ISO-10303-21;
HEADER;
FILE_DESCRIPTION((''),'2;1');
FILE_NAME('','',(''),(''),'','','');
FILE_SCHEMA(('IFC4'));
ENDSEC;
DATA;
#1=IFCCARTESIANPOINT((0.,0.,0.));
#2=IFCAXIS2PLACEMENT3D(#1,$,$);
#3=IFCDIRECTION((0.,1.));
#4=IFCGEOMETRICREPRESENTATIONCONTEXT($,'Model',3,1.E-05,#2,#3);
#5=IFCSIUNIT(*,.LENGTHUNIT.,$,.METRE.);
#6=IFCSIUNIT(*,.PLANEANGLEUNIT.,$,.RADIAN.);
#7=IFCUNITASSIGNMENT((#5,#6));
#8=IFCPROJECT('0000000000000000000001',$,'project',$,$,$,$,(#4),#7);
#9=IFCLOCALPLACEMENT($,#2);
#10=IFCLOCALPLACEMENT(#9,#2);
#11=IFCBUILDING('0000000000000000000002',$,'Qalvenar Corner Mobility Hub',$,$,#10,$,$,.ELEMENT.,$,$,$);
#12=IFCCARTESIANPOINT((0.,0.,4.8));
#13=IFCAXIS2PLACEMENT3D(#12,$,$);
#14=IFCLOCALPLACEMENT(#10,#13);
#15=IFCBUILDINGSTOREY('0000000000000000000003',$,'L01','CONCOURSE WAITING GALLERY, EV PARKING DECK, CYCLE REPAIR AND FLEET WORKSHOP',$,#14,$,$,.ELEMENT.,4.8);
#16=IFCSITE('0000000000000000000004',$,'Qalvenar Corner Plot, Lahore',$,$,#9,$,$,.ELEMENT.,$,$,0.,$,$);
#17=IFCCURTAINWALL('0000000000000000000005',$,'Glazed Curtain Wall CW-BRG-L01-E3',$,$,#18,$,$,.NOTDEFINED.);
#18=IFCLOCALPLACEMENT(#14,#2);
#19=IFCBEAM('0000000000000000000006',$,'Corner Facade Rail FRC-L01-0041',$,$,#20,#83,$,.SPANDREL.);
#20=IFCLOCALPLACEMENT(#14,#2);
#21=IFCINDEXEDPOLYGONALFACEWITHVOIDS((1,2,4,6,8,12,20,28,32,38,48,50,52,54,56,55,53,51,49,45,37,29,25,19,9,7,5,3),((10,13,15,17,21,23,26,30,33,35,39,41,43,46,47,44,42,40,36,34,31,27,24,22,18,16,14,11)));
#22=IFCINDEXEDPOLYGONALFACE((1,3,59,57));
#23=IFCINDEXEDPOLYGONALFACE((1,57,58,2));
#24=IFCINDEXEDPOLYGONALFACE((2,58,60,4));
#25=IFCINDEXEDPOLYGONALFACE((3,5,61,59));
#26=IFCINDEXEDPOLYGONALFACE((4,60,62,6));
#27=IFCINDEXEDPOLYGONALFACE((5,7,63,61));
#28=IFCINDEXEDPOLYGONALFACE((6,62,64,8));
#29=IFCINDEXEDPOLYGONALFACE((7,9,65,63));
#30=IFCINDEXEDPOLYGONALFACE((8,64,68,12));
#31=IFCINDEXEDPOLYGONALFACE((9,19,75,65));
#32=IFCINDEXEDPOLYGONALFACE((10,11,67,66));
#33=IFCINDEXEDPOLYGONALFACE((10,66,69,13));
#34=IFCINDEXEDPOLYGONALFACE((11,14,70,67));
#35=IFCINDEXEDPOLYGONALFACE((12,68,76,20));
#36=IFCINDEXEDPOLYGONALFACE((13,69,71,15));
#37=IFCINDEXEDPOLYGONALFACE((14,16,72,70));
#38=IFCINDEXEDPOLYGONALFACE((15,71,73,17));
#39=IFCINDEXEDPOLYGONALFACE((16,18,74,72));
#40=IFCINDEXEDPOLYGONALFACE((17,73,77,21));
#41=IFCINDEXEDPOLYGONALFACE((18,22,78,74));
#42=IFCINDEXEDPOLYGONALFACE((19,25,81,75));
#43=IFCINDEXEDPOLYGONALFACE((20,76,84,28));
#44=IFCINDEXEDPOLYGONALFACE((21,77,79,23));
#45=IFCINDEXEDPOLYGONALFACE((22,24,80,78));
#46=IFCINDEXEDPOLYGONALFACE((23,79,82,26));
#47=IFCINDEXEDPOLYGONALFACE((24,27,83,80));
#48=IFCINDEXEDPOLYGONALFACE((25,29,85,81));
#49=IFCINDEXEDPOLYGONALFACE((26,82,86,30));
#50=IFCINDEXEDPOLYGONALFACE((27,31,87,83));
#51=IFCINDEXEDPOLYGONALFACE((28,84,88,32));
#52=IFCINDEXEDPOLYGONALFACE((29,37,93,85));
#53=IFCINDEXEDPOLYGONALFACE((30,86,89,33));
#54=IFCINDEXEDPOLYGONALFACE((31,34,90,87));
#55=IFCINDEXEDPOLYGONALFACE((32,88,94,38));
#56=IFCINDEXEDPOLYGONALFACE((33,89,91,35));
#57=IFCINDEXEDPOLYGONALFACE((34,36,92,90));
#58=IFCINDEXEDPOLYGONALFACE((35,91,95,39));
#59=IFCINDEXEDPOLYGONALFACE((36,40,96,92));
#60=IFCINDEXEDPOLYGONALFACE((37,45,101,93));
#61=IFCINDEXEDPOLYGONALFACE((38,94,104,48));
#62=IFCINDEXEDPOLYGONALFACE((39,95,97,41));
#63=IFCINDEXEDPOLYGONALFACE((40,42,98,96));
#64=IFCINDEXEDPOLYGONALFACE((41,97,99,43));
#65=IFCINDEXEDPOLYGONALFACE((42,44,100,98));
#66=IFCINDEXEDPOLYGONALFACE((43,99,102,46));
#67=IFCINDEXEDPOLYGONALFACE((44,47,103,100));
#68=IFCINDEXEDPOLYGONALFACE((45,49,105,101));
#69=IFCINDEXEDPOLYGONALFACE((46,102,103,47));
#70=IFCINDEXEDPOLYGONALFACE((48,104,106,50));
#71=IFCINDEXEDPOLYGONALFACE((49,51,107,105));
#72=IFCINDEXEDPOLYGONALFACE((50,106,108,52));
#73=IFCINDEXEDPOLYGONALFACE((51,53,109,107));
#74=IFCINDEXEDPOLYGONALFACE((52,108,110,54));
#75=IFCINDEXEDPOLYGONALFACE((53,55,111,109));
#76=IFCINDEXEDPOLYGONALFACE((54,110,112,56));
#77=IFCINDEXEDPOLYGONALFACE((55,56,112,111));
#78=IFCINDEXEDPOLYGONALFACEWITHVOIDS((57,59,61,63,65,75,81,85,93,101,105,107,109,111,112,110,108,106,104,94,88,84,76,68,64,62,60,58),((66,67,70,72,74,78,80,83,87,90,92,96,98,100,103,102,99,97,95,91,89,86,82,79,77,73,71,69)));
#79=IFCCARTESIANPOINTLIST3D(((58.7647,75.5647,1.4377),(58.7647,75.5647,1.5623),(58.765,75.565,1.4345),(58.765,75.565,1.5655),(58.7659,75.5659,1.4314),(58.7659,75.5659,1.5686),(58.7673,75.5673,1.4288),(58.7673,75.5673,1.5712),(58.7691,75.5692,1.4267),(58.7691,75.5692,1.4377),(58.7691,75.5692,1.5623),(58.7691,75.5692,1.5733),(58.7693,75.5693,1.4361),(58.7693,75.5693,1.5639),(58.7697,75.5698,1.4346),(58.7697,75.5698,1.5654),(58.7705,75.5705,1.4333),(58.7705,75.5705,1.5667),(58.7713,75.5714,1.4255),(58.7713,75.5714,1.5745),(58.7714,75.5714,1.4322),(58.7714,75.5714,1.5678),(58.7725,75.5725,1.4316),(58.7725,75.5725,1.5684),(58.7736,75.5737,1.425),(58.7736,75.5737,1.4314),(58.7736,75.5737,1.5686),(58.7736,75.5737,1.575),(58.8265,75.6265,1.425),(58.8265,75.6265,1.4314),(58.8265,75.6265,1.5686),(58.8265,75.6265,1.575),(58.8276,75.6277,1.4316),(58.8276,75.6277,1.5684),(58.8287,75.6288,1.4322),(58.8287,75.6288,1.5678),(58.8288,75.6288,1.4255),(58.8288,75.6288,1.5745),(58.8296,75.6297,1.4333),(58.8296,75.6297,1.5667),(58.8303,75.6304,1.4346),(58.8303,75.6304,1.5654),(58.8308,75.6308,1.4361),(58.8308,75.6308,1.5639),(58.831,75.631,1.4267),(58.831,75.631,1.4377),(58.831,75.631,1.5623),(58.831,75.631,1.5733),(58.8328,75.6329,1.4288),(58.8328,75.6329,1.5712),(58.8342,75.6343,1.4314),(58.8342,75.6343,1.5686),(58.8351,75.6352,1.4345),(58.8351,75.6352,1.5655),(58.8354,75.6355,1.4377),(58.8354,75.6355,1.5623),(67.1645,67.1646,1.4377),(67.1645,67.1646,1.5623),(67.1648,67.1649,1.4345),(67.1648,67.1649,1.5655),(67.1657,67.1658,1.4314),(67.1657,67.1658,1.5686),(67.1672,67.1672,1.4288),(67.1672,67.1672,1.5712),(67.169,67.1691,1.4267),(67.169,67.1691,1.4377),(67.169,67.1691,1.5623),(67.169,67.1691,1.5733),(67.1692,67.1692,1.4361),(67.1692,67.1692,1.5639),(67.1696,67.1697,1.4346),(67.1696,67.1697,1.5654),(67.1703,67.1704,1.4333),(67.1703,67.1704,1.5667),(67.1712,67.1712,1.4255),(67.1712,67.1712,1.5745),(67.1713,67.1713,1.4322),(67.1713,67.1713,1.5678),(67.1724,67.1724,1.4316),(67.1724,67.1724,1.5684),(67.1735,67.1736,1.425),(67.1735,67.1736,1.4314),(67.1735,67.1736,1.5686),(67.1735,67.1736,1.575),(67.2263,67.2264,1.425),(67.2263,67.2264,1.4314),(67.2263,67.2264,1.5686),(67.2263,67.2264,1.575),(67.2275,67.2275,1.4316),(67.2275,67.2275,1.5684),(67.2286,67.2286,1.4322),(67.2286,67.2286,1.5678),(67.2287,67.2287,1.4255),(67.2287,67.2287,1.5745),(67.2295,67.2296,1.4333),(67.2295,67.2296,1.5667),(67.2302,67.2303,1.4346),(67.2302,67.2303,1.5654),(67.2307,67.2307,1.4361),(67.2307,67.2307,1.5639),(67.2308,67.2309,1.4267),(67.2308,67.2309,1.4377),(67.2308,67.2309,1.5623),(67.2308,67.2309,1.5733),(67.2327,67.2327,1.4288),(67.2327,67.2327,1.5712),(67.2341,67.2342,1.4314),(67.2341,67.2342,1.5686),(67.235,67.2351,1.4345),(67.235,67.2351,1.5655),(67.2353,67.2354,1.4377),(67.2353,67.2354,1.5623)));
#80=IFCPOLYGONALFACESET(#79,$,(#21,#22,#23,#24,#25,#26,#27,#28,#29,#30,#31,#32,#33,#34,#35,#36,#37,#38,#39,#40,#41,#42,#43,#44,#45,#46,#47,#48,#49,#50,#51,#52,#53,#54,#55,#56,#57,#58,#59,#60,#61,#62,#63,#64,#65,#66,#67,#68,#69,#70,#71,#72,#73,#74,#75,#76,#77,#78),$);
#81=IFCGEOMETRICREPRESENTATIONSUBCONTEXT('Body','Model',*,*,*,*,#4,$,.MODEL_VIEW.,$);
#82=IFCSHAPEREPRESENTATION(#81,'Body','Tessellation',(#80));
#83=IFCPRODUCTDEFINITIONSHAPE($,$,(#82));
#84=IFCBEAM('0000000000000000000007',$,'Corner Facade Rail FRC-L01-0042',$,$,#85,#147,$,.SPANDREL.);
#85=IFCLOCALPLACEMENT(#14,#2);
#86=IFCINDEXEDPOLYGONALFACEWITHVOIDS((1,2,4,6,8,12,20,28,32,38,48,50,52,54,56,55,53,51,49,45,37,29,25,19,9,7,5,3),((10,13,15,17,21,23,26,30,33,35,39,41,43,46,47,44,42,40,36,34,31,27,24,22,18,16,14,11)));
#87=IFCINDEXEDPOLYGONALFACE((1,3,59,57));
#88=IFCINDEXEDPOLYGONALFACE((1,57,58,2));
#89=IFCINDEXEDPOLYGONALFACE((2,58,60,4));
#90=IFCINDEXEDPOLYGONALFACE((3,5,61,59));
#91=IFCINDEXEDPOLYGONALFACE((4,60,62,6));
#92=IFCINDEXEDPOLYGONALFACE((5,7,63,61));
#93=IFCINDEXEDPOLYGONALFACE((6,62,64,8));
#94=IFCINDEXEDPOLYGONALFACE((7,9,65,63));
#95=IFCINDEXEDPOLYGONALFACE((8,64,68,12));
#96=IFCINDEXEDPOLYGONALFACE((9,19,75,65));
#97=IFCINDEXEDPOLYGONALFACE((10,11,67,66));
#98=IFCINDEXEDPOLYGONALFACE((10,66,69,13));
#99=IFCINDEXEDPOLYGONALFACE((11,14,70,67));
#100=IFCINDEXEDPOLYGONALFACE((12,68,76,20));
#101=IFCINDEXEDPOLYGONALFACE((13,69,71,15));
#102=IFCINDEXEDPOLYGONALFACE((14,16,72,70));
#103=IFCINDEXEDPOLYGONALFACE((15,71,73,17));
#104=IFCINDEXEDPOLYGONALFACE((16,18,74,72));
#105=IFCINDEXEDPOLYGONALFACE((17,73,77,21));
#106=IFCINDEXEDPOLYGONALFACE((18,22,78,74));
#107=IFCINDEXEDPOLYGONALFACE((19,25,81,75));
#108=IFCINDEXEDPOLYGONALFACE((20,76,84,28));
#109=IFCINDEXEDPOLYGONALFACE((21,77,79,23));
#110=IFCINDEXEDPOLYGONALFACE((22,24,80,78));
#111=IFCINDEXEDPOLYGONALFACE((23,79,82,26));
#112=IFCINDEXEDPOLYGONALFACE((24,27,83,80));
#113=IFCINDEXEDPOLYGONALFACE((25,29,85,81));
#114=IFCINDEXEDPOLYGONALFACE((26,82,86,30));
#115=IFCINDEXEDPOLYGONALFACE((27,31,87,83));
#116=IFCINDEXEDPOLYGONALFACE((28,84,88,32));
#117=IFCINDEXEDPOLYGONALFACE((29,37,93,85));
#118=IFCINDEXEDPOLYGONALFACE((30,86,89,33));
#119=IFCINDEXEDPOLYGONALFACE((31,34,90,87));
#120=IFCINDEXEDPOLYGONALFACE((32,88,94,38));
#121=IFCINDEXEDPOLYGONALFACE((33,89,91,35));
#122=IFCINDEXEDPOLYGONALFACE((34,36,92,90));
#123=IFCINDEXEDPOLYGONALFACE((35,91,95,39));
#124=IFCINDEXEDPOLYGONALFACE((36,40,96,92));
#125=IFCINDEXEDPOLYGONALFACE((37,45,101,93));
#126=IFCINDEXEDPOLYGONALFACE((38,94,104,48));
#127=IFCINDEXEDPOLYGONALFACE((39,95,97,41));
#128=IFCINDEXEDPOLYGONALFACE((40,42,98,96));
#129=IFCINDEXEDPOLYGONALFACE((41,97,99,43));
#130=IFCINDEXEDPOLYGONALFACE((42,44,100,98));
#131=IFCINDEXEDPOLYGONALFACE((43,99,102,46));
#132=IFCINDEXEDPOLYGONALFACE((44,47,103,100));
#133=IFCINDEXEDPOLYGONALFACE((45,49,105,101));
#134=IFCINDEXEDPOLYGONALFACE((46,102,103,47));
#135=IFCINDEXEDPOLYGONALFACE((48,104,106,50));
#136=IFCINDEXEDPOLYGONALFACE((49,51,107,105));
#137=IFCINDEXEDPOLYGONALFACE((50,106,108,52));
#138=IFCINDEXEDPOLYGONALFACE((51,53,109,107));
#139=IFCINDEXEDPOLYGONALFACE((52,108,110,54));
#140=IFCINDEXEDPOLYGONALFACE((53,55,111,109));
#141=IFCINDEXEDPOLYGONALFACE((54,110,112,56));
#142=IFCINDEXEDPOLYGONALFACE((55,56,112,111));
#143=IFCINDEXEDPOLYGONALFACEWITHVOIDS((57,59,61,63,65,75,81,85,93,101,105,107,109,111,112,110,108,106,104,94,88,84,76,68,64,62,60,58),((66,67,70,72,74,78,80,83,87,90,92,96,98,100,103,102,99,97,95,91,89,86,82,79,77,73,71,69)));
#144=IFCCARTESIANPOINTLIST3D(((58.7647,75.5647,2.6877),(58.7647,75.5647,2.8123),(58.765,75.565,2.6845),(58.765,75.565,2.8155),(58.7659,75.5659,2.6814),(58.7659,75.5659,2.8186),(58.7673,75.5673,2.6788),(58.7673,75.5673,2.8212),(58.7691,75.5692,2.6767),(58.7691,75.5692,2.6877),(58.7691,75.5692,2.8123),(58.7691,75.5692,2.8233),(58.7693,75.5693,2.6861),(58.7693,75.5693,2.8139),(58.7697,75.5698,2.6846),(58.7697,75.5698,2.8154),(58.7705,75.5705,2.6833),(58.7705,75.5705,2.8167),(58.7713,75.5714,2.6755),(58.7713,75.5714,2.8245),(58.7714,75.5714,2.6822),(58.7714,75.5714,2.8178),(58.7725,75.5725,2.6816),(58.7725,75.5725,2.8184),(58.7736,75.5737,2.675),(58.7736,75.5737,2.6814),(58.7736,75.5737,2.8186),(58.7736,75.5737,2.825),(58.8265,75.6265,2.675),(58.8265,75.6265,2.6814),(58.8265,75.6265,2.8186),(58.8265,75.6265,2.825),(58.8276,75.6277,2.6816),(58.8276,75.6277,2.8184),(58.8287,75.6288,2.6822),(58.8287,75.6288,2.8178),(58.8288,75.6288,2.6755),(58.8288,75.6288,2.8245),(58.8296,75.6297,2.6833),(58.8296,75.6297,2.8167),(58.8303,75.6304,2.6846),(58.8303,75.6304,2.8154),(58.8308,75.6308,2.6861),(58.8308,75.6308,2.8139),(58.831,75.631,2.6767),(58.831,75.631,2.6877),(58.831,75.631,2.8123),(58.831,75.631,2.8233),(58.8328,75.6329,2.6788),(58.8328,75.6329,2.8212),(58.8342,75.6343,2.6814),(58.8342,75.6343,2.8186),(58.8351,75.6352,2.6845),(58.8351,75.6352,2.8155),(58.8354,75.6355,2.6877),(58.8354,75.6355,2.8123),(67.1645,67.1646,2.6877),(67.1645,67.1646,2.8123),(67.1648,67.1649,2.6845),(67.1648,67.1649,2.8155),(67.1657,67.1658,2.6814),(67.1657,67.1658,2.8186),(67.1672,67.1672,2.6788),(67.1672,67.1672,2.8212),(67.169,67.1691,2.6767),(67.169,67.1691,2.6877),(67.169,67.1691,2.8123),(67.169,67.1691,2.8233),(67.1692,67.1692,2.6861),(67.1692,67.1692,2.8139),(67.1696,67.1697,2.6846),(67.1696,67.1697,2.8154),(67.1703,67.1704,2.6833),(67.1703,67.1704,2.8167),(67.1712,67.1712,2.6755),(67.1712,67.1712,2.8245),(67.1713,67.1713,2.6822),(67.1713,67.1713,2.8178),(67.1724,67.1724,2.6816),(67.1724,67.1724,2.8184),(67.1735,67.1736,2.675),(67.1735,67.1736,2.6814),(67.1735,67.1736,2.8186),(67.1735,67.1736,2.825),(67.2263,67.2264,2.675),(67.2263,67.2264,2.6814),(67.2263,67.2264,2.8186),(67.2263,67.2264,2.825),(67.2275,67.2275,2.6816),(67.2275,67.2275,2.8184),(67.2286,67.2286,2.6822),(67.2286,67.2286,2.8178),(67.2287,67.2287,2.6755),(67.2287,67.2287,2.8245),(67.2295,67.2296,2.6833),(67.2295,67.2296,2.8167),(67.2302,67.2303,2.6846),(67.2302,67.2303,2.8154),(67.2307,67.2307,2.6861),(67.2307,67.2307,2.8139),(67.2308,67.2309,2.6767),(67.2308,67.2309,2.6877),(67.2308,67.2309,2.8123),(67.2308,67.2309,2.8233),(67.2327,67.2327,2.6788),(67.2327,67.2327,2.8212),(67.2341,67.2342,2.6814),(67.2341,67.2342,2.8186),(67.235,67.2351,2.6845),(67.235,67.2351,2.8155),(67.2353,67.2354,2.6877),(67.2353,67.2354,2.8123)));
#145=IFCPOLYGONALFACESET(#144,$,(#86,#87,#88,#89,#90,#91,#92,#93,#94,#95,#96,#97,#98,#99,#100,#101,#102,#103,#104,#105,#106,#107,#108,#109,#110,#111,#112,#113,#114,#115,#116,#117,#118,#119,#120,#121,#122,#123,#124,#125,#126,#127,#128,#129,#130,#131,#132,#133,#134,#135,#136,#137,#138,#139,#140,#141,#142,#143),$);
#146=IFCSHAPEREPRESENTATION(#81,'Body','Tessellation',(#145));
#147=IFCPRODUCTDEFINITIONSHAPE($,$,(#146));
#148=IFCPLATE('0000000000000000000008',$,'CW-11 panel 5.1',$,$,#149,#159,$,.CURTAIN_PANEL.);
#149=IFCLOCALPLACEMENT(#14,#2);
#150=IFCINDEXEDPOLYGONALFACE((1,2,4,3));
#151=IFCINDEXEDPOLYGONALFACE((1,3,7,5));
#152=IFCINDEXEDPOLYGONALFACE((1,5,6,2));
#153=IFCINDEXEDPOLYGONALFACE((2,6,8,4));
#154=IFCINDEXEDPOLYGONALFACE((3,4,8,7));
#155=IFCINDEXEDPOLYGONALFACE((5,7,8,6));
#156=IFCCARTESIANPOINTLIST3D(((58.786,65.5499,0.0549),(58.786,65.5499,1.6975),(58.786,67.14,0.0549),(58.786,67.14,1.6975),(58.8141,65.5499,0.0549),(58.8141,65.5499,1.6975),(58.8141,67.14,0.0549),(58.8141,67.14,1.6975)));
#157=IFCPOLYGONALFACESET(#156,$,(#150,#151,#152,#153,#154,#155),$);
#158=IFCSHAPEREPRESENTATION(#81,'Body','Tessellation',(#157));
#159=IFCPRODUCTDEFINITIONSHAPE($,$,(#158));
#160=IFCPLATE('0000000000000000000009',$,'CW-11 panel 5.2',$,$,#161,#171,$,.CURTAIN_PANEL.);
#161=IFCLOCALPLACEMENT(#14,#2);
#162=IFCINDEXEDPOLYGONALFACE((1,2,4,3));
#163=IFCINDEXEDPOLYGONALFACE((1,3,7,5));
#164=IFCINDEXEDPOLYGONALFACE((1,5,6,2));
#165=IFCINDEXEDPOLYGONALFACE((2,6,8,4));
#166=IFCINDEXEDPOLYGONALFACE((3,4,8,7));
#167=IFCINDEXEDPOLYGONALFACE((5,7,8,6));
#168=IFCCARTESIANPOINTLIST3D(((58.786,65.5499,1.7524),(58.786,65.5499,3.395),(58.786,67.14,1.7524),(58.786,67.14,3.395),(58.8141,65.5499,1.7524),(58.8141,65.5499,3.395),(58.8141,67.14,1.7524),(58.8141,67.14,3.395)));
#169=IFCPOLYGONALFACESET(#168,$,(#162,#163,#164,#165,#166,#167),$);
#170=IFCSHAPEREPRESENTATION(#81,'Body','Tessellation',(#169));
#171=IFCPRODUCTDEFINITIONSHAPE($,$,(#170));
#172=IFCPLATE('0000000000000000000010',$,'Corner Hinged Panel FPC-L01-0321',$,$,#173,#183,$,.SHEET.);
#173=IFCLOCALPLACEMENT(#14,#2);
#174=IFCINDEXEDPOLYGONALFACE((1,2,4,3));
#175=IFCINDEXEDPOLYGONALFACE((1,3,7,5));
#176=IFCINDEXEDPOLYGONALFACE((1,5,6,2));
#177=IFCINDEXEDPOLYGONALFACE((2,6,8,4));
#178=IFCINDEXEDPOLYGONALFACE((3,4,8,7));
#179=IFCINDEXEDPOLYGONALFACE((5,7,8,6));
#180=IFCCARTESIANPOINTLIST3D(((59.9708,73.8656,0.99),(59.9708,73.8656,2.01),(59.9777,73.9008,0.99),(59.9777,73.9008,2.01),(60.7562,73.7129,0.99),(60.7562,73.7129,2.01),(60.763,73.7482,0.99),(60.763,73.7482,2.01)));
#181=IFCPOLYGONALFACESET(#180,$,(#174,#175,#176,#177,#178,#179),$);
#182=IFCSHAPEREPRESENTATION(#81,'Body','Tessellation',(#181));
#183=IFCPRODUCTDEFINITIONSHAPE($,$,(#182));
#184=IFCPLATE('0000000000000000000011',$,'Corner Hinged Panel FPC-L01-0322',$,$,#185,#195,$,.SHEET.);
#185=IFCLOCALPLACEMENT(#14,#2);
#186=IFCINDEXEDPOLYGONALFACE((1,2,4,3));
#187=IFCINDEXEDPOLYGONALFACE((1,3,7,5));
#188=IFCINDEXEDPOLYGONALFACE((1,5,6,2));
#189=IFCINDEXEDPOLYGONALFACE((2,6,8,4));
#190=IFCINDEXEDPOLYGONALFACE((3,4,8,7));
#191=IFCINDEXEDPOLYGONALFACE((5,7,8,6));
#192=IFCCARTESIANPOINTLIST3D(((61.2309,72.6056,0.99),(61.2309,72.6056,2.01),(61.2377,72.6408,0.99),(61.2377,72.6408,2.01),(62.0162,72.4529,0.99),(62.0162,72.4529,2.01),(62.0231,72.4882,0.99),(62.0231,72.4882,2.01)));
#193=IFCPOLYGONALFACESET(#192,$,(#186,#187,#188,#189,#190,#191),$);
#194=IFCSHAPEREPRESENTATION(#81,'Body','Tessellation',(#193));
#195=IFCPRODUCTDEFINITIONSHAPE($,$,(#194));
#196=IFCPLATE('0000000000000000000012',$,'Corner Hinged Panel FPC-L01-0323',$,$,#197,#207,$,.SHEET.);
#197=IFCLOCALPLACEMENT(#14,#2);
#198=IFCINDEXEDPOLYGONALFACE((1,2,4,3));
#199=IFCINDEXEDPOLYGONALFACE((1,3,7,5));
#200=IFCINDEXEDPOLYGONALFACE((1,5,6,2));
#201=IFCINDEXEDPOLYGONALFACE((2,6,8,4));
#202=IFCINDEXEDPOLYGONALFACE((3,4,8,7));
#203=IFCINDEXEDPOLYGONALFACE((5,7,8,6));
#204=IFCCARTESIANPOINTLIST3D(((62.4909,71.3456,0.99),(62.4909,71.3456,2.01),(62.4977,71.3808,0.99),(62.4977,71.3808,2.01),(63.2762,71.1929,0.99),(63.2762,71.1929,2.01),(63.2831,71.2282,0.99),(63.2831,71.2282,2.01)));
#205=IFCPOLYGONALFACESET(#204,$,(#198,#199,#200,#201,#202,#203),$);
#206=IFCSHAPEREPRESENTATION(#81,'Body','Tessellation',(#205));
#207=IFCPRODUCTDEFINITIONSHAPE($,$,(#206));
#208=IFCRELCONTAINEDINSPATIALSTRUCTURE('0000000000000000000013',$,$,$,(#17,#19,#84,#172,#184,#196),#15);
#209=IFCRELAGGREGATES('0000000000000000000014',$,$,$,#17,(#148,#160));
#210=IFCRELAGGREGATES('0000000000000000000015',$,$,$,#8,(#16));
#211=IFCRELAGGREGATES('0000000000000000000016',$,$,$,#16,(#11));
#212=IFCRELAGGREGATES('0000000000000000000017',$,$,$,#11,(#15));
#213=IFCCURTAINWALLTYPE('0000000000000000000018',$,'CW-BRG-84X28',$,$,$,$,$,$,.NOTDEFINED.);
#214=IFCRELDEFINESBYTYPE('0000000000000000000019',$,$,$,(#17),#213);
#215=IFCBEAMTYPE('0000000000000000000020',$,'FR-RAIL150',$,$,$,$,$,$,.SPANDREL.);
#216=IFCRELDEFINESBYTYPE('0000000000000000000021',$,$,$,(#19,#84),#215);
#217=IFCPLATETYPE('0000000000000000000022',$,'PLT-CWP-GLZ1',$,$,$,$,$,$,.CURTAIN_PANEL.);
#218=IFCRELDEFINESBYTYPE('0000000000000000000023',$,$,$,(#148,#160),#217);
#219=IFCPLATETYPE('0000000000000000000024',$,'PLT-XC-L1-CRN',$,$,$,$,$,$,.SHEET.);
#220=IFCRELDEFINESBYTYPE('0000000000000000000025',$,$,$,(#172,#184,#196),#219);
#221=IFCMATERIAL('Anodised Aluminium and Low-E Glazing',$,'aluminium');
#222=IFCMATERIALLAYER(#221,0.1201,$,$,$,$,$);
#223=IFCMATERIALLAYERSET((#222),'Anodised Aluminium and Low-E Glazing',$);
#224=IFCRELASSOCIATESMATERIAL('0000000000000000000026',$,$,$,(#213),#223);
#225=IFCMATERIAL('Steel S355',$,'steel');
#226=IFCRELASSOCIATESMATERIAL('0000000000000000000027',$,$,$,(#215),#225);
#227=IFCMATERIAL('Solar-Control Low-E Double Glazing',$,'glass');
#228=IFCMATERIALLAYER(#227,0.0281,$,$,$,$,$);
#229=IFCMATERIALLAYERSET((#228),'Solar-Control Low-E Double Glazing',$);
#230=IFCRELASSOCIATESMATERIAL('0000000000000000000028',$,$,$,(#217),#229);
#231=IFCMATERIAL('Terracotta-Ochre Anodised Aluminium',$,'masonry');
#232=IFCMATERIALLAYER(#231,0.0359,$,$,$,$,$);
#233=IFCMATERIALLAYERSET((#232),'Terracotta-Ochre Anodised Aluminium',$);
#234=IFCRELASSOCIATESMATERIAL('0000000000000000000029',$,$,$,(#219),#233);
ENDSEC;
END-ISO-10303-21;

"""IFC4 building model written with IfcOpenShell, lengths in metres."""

from ifc_helpers import new_model, si_unit, direction, frame, origin, origin_2d, place, context, subcontext, project, spatial, rectangle, hollow_rectangle, extrude, material, layer, layer_set, material_profile, profile_set, type_object, element, aggregate, save


model = new_model("IFC4")

# Units and contexts
model_context = context("Model", 3, precision=1e-05, world=origin(), true_north=direction((0.0, 1.0)))
body_context = subcontext(model_context, "Body", "Model", "MODEL_VIEW")
ifc_project = project(units=[si_unit("LENGTHUNIT", "METRE"), si_unit("PLANEANGLEUNIT", "RADIAN")], contexts=[model_context])

# Site, building, storey
site_placement = place(None, origin())
site = spatial("IfcSite", under=ifc_project, at=site_placement, Name="Qalvenar Corner Plot, Lahore", CompositionType="ELEMENT", RefElevation=0.0)
building_placement = place(site_placement, origin())
building = spatial("IfcBuilding", under=site, at=building_placement, Name="Qalvenar Corner Mobility Hub", CompositionType="ELEMENT")
storey_placement = place(building_placement, frame((0.0, 0.0, 4.8)))
storey = spatial("IfcBuildingStorey", under=building, at=storey_placement, Name="L01", Description="CONCOURSE WAITING GALLERY, EV PARKING DECK, CYCLE REPAIR AND FLEET WORKSHOP", CompositionType="ELEMENT", Elevation=4.8)

# Shared definitions
ifc_material_1 = material(Name="Steel S355", Category="steel")

# Curtain wall
ifc_material_2 = material(Name="Anodised Aluminium and Low-E Glazing", Category="aluminium")
ifc_layer_1 = layer(ifc_material_2, 0.1201)
ifc_layer_set_1 = layer_set([ifc_layer_1], Name="Anodised Aluminium and Low-E Glazing")
curtain_wall_type = type_object("IfcCurtainWallType", Name="CW-BRG-84X28", PredefinedType="NOTDEFINED", material=ifc_layer_set_1)
curtain_wall_placement = place(storey_placement, origin())
curtain_wall = element("IfcCurtainWall", 1, at=curtain_wall_placement, inside=storey, type_object=curtain_wall_type, Name="Glazed Curtain Wall CW-BRG-L01-E3", PredefinedType="NOTDEFINED")

# Beams
ifc_material_profile_1 = material_profile(ifc_material_1, hollow_rectangle(XDim=0.1001, YDim=0.1499, WallThickness=0.0063, InnerFilletRadius=0.0063, OuterFilletRadius=0.0127, at=origin_2d()), Name="RHS150x100x6.3")
ifc_profile_set_1 = profile_set([ifc_material_profile_1], Name="Steel S355")
beam_type_1 = type_object("IfcBeamType", Name="FR-RAIL150", PredefinedType="SPANDREL", material=ifc_profile_set_1)
for number, where, z_axis, x_axis, name in (
    (2, (58.8, 75.6001, 1.5), (0.707097, -0.707117, 0.0), (0.707117, 0.707097, 0.0), "Corner Facade Rail FRC-L01-0041"),
    (3, (58.8, 75.6001, 2.75), (0.707097, -0.707117, 0.0), (0.707117, 0.707097, 0.0), "Corner Facade Rail FRC-L01-0042"),
):
    element("IfcBeam", number, at=place(storey_placement, frame(where, z_axis=z_axis, x_axis=x_axis)), inside=storey, type_object=beam_type_1, Name=name, PredefinedType="SPANDREL", context=body_context, shape_type="SweptSolid", body=[
        extrude(hollow_rectangle(XDim=0.1001, YDim=0.1499, WallThickness=0.0063, InnerFilletRadius=0.0063, OuterFilletRadius=0.0127, at=origin_2d()), origin(), (0.0, 0.0, 1.0), 11.8794),
    ])

# Plates
ifc_material_3 = material(Name="Solar-Control Low-E Double Glazing", Category="glass")
ifc_layer_2 = layer(ifc_material_3, 0.0281)
ifc_layer_set_2 = layer_set([ifc_layer_2], Name="Solar-Control Low-E Double Glazing")
plate_type_1 = type_object("IfcPlateType", Name="PLT-CWP-GLZ1", PredefinedType="CURTAIN_PANEL", material=ifc_layer_set_2)
plate_1_placement = place(storey_placement, frame((58.8, 66.345, 0.0549), z_axis=(0.0, 0.0, 1.0), x_axis=(0.0, 1.0, 0.0)))
plate_1 = element("IfcPlate", 4, at=plate_1_placement, type_object=plate_type_1, Name="CW-11 panel 5.1", PredefinedType="CURTAIN_PANEL", context=body_context, shape_type="SweptSolid", body=[
    extrude(rectangle(XDim=1.5901, YDim=0.0281, at=origin_2d()), origin(), (0.0, 0.0, 1.0), 1.6426),
])
plate_2_placement = place(storey_placement, frame((58.8, 66.345, 1.7524), z_axis=(0.0, 0.0, 1.0), x_axis=(0.0, 1.0, 0.0)))
plate_2 = element("IfcPlate", 5, at=plate_2_placement, type_object=plate_type_1, Name="CW-11 panel 5.2", PredefinedType="CURTAIN_PANEL", context=body_context, shape_type="SweptSolid", body=[
    extrude(rectangle(XDim=1.5901, YDim=0.0281, at=origin_2d()), origin(), (0.0, 0.0, 1.0), 1.6426),
])
aggregate(curtain_wall, [plate_1, plate_2])

# Plates
ifc_material_4 = material(Name="Terracotta-Ochre Anodised Aluminium", Category="masonry")
ifc_layer_3 = layer(ifc_material_4, 0.0359)
ifc_layer_set_3 = layer_set([ifc_layer_3], Name="Terracotta-Ochre Anodised Aluminium")
plate_type_2 = type_object("IfcPlateType", Name="PLT-XC-L1-CRN", PredefinedType="SHEET", material=ifc_layer_set_3)
for number, where, z_axis, x_axis, name in (
    (6, (60.3669, 73.8069, 0.99), (0.0, 0.0, 1.0), (0.981627, -0.190809, 0.0), "Corner Hinged Panel FPC-L01-0321"),
    (7, (61.627, 72.5469, 0.99), (0.0, 0.0, 1.0), (0.981627, -0.190809, 0.0), "Corner Hinged Panel FPC-L01-0322"),
    (8, (62.887, 71.2869, 0.99), (0.0, 0.0, 1.0), (0.981627, -0.190809, 0.0), "Corner Hinged Panel FPC-L01-0323"),
):
    element("IfcPlate", number, at=place(storey_placement, frame(where, z_axis=z_axis, x_axis=x_axis)), inside=storey, type_object=plate_type_2, Name=name, PredefinedType="SHEET", context=body_context, shape_type="SweptSolid", body=[
        extrude(rectangle(XDim=0.8, YDim=0.0359, at=origin_2d()), origin(), (0.0, 0.0, 1.0), 1.02),
    ])

save(model, "model.ifc")
